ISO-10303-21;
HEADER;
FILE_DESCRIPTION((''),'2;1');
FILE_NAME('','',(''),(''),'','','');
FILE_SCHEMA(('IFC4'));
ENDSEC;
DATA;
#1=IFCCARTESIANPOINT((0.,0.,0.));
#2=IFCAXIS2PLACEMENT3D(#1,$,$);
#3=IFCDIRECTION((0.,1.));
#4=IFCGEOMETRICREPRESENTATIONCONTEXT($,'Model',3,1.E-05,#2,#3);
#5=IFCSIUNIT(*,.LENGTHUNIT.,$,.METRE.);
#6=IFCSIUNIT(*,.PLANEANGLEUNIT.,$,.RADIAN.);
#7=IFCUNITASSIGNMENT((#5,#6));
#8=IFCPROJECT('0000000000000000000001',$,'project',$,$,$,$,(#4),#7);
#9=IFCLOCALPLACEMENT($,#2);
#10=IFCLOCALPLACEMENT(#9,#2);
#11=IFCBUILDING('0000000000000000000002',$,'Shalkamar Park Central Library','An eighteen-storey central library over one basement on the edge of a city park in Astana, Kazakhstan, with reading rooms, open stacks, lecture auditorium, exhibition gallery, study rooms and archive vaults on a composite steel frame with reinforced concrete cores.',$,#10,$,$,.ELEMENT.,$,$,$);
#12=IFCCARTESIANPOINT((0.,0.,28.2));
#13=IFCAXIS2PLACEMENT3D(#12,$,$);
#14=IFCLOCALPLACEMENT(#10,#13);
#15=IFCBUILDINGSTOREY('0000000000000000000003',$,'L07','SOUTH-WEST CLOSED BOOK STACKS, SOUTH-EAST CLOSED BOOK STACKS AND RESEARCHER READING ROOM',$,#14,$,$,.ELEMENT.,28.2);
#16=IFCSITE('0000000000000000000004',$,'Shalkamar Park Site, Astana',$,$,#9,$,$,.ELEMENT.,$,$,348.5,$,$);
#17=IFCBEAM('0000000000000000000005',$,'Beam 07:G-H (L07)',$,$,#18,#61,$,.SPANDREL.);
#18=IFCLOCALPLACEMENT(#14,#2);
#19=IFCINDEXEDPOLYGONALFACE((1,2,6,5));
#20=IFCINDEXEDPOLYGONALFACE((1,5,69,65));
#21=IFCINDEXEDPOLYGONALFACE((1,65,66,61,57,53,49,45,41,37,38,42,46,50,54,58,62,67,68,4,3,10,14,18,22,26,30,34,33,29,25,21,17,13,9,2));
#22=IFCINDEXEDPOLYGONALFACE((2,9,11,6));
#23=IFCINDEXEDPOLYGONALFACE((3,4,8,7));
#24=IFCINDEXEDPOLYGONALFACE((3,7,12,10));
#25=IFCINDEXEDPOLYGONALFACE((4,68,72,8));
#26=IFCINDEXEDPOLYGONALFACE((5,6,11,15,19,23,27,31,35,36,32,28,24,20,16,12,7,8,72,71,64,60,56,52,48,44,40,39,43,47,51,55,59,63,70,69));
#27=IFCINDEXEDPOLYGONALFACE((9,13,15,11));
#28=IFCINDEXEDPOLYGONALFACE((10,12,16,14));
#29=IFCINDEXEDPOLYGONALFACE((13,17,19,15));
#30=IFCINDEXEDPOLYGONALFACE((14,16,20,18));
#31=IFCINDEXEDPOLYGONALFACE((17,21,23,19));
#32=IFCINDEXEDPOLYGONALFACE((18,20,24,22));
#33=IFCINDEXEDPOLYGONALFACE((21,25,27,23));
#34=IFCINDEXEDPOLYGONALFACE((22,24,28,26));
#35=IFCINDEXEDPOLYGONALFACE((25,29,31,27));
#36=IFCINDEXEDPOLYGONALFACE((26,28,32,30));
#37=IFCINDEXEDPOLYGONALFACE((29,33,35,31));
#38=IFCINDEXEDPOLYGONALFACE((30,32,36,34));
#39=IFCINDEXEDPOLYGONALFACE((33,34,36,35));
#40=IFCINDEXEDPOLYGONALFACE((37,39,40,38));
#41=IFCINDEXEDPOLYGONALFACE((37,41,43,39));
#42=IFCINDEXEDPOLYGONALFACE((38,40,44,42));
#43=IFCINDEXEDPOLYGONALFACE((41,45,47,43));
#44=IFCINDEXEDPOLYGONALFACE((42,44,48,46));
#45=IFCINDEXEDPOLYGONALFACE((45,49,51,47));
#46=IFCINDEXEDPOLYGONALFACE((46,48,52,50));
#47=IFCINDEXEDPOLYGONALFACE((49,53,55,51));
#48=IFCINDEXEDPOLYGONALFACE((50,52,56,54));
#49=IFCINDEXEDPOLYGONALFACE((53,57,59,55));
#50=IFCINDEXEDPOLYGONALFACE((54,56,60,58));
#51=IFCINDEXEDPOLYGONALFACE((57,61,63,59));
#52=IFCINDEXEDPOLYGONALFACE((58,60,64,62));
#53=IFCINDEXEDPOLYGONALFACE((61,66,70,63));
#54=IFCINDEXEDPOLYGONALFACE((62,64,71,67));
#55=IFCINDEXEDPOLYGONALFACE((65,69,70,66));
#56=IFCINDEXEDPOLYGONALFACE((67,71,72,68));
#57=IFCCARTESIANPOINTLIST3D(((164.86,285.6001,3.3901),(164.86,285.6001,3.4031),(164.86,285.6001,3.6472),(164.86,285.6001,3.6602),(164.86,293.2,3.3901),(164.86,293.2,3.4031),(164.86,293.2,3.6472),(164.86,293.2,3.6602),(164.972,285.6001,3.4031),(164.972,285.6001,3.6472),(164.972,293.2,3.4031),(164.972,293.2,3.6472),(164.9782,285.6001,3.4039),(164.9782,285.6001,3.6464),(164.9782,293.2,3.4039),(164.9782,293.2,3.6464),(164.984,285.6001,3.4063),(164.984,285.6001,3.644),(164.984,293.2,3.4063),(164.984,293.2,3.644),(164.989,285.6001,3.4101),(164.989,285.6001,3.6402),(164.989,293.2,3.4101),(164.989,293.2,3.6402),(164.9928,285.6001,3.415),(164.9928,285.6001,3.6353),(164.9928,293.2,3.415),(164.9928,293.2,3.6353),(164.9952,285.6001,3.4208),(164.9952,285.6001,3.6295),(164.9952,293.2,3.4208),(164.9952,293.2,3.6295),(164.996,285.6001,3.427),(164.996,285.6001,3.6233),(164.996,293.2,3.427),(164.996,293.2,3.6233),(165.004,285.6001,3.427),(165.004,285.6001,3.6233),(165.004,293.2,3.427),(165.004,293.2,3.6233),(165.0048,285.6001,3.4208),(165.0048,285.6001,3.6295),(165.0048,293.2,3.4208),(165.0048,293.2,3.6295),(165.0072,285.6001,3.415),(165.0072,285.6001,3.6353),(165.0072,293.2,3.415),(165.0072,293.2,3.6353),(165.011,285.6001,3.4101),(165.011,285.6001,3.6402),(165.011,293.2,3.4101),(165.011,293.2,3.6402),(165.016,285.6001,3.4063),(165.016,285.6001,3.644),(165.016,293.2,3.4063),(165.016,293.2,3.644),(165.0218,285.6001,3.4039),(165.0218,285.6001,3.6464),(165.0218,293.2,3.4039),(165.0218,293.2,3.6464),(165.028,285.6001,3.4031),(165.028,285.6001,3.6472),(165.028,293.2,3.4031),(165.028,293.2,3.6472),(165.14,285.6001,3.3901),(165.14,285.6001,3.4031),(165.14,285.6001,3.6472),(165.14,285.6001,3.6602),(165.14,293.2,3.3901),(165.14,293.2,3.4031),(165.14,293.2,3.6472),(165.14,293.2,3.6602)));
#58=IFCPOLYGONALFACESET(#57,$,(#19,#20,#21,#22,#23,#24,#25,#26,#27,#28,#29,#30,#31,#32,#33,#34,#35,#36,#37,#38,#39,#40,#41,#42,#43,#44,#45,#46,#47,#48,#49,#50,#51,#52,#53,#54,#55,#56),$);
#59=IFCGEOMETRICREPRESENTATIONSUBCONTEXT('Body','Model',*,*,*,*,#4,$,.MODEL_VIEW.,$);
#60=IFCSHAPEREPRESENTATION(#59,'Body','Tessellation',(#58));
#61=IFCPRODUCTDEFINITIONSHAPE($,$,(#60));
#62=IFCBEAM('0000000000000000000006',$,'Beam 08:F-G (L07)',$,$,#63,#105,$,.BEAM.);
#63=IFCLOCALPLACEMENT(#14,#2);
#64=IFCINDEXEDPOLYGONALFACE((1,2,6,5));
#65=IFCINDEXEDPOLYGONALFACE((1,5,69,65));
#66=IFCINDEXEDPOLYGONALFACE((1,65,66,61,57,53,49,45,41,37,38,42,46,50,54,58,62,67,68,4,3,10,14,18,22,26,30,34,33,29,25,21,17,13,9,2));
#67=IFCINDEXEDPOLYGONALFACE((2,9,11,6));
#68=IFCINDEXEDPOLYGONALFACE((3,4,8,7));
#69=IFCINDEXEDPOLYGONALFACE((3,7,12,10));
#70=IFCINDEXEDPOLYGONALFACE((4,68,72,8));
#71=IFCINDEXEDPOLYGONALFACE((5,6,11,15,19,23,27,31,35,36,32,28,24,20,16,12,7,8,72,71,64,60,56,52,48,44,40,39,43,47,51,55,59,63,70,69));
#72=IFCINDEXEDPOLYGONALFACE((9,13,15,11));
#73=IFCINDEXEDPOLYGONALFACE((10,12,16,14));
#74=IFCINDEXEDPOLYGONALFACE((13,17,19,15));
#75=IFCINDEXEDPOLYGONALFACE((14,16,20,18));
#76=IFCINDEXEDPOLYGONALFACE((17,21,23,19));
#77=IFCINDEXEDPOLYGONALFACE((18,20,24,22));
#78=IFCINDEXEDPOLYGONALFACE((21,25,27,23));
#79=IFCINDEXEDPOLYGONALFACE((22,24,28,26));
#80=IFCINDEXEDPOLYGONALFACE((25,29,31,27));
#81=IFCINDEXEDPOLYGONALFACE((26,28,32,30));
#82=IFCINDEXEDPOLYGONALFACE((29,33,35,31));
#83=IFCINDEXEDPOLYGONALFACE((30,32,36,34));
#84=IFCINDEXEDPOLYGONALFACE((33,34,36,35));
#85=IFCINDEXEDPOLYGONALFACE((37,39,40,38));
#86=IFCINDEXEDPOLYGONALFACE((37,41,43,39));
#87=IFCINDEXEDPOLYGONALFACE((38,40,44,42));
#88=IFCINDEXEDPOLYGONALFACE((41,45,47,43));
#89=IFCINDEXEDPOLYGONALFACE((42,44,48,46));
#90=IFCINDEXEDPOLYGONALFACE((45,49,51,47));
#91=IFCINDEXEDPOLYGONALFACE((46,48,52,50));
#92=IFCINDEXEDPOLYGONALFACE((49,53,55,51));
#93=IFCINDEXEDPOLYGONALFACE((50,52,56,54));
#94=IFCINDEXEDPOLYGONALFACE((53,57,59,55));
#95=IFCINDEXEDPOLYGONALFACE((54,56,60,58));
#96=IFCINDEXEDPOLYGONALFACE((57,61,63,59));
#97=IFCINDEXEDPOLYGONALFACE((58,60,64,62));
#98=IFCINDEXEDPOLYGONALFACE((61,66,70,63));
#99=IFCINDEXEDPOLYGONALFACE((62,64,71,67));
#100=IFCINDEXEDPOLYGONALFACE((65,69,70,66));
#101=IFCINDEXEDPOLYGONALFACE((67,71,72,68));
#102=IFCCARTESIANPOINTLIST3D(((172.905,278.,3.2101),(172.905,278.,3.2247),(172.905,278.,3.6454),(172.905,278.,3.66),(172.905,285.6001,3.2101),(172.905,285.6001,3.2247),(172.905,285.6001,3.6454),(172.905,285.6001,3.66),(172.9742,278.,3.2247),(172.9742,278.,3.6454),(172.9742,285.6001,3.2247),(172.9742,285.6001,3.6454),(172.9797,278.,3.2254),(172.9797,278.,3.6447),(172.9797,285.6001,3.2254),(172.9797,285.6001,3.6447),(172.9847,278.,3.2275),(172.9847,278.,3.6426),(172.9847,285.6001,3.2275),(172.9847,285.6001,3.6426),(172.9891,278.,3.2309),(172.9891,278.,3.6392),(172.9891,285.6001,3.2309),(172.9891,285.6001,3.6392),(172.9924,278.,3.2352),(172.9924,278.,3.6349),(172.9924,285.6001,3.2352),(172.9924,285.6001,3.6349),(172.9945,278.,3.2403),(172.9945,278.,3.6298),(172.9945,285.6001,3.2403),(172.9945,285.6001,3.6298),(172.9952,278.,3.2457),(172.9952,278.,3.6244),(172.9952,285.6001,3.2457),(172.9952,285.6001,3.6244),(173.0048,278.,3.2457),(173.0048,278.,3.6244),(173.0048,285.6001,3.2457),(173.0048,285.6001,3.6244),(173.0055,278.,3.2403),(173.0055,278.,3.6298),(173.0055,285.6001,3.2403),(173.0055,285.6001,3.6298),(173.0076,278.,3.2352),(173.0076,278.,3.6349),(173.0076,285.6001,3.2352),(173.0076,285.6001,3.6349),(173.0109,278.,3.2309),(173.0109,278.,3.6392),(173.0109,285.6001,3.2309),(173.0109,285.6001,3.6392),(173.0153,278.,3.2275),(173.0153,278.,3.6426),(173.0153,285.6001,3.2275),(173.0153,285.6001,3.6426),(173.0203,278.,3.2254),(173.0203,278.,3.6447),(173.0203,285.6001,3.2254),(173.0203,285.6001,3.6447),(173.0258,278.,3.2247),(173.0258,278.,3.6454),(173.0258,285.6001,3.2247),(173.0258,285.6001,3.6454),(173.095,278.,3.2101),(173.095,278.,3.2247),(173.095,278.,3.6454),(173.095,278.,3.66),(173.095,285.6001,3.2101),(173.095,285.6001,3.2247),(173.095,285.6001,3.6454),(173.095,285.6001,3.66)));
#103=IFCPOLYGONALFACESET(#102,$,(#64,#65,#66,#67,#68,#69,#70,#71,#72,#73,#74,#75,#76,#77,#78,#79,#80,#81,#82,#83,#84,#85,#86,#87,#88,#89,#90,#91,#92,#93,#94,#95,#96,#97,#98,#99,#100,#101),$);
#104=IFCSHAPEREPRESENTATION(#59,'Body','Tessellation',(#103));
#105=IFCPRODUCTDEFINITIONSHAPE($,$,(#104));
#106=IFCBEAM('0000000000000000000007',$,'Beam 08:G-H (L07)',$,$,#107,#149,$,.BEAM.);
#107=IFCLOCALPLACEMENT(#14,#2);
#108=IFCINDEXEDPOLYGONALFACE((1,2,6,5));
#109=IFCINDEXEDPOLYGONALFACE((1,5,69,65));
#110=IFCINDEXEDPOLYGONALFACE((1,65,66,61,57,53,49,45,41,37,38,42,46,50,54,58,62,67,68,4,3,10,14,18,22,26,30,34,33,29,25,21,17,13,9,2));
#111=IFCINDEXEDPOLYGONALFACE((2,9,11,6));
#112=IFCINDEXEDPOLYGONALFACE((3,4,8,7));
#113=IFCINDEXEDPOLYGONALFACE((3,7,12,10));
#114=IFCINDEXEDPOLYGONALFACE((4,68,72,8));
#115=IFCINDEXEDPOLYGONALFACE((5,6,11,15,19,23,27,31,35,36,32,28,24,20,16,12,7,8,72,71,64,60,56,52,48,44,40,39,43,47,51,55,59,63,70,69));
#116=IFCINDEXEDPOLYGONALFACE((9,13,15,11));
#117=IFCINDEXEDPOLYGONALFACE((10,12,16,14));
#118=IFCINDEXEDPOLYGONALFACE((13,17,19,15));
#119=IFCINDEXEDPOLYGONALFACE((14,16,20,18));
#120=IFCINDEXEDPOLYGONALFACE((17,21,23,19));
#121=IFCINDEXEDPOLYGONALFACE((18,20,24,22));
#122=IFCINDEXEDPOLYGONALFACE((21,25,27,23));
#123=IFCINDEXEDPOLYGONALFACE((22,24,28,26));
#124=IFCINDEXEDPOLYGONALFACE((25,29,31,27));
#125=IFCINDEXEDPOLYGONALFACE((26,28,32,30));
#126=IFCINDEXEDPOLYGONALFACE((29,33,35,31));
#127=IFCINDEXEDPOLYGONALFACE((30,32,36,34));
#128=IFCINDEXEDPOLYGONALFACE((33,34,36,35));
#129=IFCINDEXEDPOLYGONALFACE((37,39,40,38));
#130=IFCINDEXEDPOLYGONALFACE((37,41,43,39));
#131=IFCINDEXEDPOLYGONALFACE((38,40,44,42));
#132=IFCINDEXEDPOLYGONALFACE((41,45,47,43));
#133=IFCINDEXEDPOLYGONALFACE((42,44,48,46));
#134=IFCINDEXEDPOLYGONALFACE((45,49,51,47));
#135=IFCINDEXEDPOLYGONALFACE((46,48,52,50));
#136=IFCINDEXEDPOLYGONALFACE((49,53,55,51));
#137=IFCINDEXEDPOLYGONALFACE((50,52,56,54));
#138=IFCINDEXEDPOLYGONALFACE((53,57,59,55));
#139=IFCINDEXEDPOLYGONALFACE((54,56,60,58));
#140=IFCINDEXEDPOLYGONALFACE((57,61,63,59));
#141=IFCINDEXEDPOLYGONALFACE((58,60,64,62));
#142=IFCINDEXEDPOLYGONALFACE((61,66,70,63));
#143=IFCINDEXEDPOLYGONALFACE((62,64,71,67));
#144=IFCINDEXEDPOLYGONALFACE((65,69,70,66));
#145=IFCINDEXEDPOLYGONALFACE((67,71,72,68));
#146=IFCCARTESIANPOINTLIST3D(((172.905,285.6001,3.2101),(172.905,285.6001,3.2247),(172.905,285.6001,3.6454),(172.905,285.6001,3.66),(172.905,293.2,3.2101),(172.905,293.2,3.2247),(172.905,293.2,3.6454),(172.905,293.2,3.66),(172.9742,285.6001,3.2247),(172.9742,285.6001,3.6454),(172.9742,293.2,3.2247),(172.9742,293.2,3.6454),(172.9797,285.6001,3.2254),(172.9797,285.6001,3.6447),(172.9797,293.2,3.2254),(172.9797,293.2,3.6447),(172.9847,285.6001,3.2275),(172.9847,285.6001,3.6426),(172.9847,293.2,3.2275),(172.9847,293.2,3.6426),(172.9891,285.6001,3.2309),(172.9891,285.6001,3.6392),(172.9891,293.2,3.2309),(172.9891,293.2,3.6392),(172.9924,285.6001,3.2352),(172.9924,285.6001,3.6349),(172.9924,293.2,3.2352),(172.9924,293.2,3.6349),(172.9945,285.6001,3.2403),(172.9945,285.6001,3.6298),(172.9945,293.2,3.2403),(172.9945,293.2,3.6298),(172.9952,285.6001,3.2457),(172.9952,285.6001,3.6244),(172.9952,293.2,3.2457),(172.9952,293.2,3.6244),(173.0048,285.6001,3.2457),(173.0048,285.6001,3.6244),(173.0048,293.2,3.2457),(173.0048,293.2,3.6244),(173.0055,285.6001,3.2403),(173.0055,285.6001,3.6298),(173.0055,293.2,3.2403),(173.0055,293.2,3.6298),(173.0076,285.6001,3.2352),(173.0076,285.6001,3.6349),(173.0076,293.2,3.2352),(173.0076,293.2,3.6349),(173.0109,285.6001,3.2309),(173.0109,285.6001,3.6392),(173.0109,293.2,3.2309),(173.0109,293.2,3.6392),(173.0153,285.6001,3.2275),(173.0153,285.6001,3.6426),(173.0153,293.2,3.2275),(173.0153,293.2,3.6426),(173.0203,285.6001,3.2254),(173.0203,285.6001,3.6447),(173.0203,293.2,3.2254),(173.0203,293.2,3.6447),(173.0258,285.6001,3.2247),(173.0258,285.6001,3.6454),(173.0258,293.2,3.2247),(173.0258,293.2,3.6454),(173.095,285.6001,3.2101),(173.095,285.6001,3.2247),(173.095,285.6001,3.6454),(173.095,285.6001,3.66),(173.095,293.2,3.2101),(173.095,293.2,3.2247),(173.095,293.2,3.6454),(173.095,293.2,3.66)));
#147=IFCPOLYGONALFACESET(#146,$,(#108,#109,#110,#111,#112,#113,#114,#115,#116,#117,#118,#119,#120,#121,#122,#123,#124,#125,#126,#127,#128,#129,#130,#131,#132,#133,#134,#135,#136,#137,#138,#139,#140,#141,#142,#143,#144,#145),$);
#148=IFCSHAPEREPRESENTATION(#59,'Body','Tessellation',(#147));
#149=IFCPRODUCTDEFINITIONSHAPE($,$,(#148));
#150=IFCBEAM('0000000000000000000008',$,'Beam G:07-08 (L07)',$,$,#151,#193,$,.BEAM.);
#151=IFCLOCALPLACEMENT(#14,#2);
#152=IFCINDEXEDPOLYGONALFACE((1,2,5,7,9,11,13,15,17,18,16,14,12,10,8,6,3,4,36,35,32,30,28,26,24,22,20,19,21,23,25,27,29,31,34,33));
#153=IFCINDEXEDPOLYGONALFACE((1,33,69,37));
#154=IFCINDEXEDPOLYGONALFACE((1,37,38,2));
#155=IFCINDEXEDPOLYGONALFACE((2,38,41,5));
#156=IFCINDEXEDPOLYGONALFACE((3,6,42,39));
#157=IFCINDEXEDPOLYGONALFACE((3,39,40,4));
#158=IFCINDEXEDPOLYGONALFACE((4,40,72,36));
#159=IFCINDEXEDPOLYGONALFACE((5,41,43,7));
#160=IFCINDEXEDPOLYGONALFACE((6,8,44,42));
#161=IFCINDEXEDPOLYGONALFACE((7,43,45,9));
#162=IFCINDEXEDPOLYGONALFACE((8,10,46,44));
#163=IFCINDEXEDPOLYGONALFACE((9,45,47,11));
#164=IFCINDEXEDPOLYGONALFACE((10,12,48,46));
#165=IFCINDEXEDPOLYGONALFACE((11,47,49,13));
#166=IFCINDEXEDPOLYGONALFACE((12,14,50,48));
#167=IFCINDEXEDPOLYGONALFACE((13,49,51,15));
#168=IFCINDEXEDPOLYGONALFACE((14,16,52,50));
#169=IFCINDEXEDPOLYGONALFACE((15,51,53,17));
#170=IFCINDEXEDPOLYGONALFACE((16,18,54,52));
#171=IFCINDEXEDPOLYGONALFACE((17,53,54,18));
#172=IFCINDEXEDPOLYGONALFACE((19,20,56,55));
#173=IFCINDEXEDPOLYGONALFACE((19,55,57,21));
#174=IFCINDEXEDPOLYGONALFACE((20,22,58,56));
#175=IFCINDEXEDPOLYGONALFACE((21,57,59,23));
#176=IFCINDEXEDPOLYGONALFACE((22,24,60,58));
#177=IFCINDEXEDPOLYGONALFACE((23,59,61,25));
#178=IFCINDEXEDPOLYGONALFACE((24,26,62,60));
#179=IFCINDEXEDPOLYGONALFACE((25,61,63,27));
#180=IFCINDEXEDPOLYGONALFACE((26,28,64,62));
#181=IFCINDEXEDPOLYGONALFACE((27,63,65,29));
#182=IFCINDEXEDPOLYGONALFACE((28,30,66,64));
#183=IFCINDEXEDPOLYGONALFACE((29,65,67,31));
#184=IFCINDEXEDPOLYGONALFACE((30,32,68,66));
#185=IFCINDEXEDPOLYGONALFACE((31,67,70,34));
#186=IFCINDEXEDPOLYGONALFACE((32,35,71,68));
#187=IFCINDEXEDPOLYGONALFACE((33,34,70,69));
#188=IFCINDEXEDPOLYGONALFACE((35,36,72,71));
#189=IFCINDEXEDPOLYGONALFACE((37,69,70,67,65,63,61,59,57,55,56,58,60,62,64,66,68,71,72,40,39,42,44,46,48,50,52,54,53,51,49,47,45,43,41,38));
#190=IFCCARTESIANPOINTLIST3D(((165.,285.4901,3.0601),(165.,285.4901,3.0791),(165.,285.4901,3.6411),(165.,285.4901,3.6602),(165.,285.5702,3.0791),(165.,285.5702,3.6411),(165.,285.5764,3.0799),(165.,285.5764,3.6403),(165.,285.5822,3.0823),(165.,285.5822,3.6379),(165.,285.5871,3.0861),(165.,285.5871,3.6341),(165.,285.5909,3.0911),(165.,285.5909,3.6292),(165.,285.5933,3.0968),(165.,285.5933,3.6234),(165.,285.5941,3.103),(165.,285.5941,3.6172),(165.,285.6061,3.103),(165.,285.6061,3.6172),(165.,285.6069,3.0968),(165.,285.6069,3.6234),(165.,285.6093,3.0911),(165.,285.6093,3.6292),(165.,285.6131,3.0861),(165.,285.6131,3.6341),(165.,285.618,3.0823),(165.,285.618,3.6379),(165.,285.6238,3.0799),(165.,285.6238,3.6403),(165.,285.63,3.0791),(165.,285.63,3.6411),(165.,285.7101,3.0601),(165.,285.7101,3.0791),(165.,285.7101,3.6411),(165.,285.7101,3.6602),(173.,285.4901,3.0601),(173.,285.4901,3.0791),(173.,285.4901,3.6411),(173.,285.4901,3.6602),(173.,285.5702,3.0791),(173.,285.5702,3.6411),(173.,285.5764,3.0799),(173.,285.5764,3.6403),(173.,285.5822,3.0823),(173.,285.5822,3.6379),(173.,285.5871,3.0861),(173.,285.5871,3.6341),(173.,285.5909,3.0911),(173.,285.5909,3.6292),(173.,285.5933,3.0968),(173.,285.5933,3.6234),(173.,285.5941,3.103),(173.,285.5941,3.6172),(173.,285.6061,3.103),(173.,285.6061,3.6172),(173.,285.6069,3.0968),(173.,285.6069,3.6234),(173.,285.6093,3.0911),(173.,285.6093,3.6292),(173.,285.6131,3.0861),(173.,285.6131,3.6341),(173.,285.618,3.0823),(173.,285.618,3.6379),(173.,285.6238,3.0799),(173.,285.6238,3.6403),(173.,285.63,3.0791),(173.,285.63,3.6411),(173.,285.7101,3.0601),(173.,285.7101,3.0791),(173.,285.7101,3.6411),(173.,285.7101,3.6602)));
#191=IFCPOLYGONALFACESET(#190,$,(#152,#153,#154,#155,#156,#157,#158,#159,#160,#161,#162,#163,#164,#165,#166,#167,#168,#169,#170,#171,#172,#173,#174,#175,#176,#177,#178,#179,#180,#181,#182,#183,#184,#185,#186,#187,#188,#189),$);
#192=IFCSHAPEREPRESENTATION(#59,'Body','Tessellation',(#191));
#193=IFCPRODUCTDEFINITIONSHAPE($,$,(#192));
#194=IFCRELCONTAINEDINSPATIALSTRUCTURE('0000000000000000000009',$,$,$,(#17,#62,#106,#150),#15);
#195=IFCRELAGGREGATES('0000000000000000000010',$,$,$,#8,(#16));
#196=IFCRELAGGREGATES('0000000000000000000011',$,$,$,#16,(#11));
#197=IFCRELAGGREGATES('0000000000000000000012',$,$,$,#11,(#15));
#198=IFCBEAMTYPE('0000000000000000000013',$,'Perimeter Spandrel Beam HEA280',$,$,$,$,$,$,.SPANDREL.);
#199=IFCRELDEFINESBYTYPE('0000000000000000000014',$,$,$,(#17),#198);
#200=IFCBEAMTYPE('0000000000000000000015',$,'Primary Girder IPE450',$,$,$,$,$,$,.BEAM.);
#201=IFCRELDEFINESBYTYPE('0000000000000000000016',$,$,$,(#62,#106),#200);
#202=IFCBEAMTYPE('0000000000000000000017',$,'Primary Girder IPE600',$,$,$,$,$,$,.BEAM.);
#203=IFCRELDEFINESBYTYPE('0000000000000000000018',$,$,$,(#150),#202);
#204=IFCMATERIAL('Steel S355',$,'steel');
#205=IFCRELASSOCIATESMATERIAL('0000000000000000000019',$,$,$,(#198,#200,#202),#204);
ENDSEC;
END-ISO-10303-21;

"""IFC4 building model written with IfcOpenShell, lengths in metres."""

from ifc_helpers import new_model, si_unit, direction, frame, origin, origin_2d, place, context, subcontext, project, spatial, i_section, extrude, material, material_profile, profile_set, type_object, element, save


model = new_model("IFC4")

# Units and contexts
model_context = context("Model", 3, precision=1e-05, world=origin(), true_north=direction((0.0, 1.0)))
body_context = subcontext(model_context, "Body", "Model", "MODEL_VIEW")
ifc_project = project(units=[si_unit("LENGTHUNIT", "METRE"), si_unit("PLANEANGLEUNIT", "RADIAN")], contexts=[model_context])

# Site, building, storey
site_placement = place(None, origin())
site = spatial("IfcSite", under=ifc_project, at=site_placement, Name="Shalkamar Park Site, Astana", CompositionType="ELEMENT", RefElevation=348.5)
building_placement = place(site_placement, origin())
building = spatial("IfcBuilding", under=site, at=building_placement, Name="Shalkamar Park Central Library", Description="An eighteen-storey central library over one basement on the edge of a city park in Astana, Kazakhstan, with reading rooms, open stacks, lecture auditorium, exhibition gallery, study rooms and archive vaults on a composite steel frame with reinforced concrete cores.", CompositionType="ELEMENT")
storey_placement = place(building_placement, frame((0.0, 0.0, 28.2)))
storey = spatial("IfcBuildingStorey", under=building, at=storey_placement, Name="L07", Description="SOUTH-WEST CLOSED BOOK STACKS, SOUTH-EAST CLOSED BOOK STACKS AND RESEARCHER READING ROOM", CompositionType="ELEMENT", Elevation=28.2)

# Shared definitions
ifc_material_1 = material(Name="Steel S355", Category="steel")

# Beams
ifc_material_profile_1 = material_profile(ifc_material_1, i_section(OverallWidth=0.28, OverallDepth=0.27, WebThickness=0.0081, FlangeThickness=0.0129, FilletRadius=0.0239, at=origin_2d()), Name="HEA 280")
ifc_profile_set_1 = profile_set([ifc_material_profile_1], Name="Steel S355")
beam_type_1 = type_object("IfcBeamType", Name="Perimeter Spandrel Beam HEA280", PredefinedType="SPANDREL", material=ifc_profile_set_1)
beam_1_placement = place(storey_placement, frame((165.0, 285.6001, 3.5251), z_axis=(0.0, 1.0, 0.0), x_axis=(-1.0, 0.0, 0.0)))
element("IfcBeam", 1, at=beam_1_placement, inside=storey, type_object=beam_type_1, Name="Beam 07:G-H (L07)", PredefinedType="SPANDREL", context=body_context, shape_type="SweptSolid", body=[
    extrude(i_section(OverallWidth=0.28, OverallDepth=0.27, WebThickness=0.0081, FlangeThickness=0.0129, FilletRadius=0.0239, at=origin_2d()), origin(), (0.0, 0.0, 1.0), 7.5999),
])
ifc_material_profile_2 = material_profile(ifc_material_1, i_section(OverallWidth=0.1899, OverallDepth=0.45, WebThickness=0.0095, FlangeThickness=0.0146, FilletRadius=0.021, at=origin_2d()), Name="IPE 450")
ifc_profile_set_2 = profile_set([ifc_material_profile_2], Name="Steel S355")
beam_type_2 = type_object("IfcBeamType", Name="Primary Girder IPE450", PredefinedType="BEAM", material=ifc_profile_set_2)
beam_2_placement = place(storey_placement, frame((173.0, 278.0, 3.4351), z_axis=(0.0, 1.0, 0.0), x_axis=(-1.0, 0.0, 0.0)))
element("IfcBeam", 2, at=beam_2_placement, inside=storey, type_object=beam_type_2, Name="Beam 08:F-G (L07)", PredefinedType="BEAM", context=body_context, shape_type="SweptSolid", body=[
    extrude(i_section(OverallWidth=0.1899, OverallDepth=0.45, WebThickness=0.0095, FlangeThickness=0.0146, FilletRadius=0.021, at=origin_2d()), origin(), (0.0, 0.0, 1.0), 7.6001),
])
beam_3_placement = place(storey_placement, frame((173.0, 285.6001, 3.4351), z_axis=(0.0, 1.0, 0.0), x_axis=(-1.0, 0.0, 0.0)))
element("IfcBeam", 3, at=beam_3_placement, inside=storey, type_object=beam_type_2, Name="Beam 08:G-H (L07)", PredefinedType="BEAM", context=body_context, shape_type="SweptSolid", body=[
    extrude(i_section(OverallWidth=0.1899, OverallDepth=0.45, WebThickness=0.0095, FlangeThickness=0.0146, FilletRadius=0.021, at=origin_2d()), origin(), (0.0, 0.0, 1.0), 7.5999),
])
ifc_material_profile_3 = material_profile(ifc_material_1, i_section(OverallWidth=0.22, OverallDepth=0.6001, WebThickness=0.012, FlangeThickness=0.019, FilletRadius=0.0239, at=origin_2d()), Name="IPE 600")
ifc_profile_set_3 = profile_set([ifc_material_profile_3], Name="Steel S355")
beam_type_3 = type_object("IfcBeamType", Name="Primary Girder IPE600", PredefinedType="BEAM", material=ifc_profile_set_3)
for number, where, z_axis, x_axis, name in (
    (4, (165.0, 285.6001, 3.3601), (1.0, 0.0, 0.0), (0.0, 1.0, 0.0), "Beam G:07-08 (L07)"),
):
    element("IfcBeam", number, at=place(storey_placement, frame(where, z_axis=z_axis, x_axis=x_axis)), inside=storey, type_object=beam_type_3, Name=name, PredefinedType="BEAM", context=body_context, shape_type="SweptSolid", body=[
        extrude(i_section(OverallWidth=0.22, OverallDepth=0.6001, WebThickness=0.012, FlangeThickness=0.019, FilletRadius=0.0239, at=origin_2d()), origin(), (0.0, 0.0, 1.0), 8.0),
    ])

save(model, "model.ifc")
